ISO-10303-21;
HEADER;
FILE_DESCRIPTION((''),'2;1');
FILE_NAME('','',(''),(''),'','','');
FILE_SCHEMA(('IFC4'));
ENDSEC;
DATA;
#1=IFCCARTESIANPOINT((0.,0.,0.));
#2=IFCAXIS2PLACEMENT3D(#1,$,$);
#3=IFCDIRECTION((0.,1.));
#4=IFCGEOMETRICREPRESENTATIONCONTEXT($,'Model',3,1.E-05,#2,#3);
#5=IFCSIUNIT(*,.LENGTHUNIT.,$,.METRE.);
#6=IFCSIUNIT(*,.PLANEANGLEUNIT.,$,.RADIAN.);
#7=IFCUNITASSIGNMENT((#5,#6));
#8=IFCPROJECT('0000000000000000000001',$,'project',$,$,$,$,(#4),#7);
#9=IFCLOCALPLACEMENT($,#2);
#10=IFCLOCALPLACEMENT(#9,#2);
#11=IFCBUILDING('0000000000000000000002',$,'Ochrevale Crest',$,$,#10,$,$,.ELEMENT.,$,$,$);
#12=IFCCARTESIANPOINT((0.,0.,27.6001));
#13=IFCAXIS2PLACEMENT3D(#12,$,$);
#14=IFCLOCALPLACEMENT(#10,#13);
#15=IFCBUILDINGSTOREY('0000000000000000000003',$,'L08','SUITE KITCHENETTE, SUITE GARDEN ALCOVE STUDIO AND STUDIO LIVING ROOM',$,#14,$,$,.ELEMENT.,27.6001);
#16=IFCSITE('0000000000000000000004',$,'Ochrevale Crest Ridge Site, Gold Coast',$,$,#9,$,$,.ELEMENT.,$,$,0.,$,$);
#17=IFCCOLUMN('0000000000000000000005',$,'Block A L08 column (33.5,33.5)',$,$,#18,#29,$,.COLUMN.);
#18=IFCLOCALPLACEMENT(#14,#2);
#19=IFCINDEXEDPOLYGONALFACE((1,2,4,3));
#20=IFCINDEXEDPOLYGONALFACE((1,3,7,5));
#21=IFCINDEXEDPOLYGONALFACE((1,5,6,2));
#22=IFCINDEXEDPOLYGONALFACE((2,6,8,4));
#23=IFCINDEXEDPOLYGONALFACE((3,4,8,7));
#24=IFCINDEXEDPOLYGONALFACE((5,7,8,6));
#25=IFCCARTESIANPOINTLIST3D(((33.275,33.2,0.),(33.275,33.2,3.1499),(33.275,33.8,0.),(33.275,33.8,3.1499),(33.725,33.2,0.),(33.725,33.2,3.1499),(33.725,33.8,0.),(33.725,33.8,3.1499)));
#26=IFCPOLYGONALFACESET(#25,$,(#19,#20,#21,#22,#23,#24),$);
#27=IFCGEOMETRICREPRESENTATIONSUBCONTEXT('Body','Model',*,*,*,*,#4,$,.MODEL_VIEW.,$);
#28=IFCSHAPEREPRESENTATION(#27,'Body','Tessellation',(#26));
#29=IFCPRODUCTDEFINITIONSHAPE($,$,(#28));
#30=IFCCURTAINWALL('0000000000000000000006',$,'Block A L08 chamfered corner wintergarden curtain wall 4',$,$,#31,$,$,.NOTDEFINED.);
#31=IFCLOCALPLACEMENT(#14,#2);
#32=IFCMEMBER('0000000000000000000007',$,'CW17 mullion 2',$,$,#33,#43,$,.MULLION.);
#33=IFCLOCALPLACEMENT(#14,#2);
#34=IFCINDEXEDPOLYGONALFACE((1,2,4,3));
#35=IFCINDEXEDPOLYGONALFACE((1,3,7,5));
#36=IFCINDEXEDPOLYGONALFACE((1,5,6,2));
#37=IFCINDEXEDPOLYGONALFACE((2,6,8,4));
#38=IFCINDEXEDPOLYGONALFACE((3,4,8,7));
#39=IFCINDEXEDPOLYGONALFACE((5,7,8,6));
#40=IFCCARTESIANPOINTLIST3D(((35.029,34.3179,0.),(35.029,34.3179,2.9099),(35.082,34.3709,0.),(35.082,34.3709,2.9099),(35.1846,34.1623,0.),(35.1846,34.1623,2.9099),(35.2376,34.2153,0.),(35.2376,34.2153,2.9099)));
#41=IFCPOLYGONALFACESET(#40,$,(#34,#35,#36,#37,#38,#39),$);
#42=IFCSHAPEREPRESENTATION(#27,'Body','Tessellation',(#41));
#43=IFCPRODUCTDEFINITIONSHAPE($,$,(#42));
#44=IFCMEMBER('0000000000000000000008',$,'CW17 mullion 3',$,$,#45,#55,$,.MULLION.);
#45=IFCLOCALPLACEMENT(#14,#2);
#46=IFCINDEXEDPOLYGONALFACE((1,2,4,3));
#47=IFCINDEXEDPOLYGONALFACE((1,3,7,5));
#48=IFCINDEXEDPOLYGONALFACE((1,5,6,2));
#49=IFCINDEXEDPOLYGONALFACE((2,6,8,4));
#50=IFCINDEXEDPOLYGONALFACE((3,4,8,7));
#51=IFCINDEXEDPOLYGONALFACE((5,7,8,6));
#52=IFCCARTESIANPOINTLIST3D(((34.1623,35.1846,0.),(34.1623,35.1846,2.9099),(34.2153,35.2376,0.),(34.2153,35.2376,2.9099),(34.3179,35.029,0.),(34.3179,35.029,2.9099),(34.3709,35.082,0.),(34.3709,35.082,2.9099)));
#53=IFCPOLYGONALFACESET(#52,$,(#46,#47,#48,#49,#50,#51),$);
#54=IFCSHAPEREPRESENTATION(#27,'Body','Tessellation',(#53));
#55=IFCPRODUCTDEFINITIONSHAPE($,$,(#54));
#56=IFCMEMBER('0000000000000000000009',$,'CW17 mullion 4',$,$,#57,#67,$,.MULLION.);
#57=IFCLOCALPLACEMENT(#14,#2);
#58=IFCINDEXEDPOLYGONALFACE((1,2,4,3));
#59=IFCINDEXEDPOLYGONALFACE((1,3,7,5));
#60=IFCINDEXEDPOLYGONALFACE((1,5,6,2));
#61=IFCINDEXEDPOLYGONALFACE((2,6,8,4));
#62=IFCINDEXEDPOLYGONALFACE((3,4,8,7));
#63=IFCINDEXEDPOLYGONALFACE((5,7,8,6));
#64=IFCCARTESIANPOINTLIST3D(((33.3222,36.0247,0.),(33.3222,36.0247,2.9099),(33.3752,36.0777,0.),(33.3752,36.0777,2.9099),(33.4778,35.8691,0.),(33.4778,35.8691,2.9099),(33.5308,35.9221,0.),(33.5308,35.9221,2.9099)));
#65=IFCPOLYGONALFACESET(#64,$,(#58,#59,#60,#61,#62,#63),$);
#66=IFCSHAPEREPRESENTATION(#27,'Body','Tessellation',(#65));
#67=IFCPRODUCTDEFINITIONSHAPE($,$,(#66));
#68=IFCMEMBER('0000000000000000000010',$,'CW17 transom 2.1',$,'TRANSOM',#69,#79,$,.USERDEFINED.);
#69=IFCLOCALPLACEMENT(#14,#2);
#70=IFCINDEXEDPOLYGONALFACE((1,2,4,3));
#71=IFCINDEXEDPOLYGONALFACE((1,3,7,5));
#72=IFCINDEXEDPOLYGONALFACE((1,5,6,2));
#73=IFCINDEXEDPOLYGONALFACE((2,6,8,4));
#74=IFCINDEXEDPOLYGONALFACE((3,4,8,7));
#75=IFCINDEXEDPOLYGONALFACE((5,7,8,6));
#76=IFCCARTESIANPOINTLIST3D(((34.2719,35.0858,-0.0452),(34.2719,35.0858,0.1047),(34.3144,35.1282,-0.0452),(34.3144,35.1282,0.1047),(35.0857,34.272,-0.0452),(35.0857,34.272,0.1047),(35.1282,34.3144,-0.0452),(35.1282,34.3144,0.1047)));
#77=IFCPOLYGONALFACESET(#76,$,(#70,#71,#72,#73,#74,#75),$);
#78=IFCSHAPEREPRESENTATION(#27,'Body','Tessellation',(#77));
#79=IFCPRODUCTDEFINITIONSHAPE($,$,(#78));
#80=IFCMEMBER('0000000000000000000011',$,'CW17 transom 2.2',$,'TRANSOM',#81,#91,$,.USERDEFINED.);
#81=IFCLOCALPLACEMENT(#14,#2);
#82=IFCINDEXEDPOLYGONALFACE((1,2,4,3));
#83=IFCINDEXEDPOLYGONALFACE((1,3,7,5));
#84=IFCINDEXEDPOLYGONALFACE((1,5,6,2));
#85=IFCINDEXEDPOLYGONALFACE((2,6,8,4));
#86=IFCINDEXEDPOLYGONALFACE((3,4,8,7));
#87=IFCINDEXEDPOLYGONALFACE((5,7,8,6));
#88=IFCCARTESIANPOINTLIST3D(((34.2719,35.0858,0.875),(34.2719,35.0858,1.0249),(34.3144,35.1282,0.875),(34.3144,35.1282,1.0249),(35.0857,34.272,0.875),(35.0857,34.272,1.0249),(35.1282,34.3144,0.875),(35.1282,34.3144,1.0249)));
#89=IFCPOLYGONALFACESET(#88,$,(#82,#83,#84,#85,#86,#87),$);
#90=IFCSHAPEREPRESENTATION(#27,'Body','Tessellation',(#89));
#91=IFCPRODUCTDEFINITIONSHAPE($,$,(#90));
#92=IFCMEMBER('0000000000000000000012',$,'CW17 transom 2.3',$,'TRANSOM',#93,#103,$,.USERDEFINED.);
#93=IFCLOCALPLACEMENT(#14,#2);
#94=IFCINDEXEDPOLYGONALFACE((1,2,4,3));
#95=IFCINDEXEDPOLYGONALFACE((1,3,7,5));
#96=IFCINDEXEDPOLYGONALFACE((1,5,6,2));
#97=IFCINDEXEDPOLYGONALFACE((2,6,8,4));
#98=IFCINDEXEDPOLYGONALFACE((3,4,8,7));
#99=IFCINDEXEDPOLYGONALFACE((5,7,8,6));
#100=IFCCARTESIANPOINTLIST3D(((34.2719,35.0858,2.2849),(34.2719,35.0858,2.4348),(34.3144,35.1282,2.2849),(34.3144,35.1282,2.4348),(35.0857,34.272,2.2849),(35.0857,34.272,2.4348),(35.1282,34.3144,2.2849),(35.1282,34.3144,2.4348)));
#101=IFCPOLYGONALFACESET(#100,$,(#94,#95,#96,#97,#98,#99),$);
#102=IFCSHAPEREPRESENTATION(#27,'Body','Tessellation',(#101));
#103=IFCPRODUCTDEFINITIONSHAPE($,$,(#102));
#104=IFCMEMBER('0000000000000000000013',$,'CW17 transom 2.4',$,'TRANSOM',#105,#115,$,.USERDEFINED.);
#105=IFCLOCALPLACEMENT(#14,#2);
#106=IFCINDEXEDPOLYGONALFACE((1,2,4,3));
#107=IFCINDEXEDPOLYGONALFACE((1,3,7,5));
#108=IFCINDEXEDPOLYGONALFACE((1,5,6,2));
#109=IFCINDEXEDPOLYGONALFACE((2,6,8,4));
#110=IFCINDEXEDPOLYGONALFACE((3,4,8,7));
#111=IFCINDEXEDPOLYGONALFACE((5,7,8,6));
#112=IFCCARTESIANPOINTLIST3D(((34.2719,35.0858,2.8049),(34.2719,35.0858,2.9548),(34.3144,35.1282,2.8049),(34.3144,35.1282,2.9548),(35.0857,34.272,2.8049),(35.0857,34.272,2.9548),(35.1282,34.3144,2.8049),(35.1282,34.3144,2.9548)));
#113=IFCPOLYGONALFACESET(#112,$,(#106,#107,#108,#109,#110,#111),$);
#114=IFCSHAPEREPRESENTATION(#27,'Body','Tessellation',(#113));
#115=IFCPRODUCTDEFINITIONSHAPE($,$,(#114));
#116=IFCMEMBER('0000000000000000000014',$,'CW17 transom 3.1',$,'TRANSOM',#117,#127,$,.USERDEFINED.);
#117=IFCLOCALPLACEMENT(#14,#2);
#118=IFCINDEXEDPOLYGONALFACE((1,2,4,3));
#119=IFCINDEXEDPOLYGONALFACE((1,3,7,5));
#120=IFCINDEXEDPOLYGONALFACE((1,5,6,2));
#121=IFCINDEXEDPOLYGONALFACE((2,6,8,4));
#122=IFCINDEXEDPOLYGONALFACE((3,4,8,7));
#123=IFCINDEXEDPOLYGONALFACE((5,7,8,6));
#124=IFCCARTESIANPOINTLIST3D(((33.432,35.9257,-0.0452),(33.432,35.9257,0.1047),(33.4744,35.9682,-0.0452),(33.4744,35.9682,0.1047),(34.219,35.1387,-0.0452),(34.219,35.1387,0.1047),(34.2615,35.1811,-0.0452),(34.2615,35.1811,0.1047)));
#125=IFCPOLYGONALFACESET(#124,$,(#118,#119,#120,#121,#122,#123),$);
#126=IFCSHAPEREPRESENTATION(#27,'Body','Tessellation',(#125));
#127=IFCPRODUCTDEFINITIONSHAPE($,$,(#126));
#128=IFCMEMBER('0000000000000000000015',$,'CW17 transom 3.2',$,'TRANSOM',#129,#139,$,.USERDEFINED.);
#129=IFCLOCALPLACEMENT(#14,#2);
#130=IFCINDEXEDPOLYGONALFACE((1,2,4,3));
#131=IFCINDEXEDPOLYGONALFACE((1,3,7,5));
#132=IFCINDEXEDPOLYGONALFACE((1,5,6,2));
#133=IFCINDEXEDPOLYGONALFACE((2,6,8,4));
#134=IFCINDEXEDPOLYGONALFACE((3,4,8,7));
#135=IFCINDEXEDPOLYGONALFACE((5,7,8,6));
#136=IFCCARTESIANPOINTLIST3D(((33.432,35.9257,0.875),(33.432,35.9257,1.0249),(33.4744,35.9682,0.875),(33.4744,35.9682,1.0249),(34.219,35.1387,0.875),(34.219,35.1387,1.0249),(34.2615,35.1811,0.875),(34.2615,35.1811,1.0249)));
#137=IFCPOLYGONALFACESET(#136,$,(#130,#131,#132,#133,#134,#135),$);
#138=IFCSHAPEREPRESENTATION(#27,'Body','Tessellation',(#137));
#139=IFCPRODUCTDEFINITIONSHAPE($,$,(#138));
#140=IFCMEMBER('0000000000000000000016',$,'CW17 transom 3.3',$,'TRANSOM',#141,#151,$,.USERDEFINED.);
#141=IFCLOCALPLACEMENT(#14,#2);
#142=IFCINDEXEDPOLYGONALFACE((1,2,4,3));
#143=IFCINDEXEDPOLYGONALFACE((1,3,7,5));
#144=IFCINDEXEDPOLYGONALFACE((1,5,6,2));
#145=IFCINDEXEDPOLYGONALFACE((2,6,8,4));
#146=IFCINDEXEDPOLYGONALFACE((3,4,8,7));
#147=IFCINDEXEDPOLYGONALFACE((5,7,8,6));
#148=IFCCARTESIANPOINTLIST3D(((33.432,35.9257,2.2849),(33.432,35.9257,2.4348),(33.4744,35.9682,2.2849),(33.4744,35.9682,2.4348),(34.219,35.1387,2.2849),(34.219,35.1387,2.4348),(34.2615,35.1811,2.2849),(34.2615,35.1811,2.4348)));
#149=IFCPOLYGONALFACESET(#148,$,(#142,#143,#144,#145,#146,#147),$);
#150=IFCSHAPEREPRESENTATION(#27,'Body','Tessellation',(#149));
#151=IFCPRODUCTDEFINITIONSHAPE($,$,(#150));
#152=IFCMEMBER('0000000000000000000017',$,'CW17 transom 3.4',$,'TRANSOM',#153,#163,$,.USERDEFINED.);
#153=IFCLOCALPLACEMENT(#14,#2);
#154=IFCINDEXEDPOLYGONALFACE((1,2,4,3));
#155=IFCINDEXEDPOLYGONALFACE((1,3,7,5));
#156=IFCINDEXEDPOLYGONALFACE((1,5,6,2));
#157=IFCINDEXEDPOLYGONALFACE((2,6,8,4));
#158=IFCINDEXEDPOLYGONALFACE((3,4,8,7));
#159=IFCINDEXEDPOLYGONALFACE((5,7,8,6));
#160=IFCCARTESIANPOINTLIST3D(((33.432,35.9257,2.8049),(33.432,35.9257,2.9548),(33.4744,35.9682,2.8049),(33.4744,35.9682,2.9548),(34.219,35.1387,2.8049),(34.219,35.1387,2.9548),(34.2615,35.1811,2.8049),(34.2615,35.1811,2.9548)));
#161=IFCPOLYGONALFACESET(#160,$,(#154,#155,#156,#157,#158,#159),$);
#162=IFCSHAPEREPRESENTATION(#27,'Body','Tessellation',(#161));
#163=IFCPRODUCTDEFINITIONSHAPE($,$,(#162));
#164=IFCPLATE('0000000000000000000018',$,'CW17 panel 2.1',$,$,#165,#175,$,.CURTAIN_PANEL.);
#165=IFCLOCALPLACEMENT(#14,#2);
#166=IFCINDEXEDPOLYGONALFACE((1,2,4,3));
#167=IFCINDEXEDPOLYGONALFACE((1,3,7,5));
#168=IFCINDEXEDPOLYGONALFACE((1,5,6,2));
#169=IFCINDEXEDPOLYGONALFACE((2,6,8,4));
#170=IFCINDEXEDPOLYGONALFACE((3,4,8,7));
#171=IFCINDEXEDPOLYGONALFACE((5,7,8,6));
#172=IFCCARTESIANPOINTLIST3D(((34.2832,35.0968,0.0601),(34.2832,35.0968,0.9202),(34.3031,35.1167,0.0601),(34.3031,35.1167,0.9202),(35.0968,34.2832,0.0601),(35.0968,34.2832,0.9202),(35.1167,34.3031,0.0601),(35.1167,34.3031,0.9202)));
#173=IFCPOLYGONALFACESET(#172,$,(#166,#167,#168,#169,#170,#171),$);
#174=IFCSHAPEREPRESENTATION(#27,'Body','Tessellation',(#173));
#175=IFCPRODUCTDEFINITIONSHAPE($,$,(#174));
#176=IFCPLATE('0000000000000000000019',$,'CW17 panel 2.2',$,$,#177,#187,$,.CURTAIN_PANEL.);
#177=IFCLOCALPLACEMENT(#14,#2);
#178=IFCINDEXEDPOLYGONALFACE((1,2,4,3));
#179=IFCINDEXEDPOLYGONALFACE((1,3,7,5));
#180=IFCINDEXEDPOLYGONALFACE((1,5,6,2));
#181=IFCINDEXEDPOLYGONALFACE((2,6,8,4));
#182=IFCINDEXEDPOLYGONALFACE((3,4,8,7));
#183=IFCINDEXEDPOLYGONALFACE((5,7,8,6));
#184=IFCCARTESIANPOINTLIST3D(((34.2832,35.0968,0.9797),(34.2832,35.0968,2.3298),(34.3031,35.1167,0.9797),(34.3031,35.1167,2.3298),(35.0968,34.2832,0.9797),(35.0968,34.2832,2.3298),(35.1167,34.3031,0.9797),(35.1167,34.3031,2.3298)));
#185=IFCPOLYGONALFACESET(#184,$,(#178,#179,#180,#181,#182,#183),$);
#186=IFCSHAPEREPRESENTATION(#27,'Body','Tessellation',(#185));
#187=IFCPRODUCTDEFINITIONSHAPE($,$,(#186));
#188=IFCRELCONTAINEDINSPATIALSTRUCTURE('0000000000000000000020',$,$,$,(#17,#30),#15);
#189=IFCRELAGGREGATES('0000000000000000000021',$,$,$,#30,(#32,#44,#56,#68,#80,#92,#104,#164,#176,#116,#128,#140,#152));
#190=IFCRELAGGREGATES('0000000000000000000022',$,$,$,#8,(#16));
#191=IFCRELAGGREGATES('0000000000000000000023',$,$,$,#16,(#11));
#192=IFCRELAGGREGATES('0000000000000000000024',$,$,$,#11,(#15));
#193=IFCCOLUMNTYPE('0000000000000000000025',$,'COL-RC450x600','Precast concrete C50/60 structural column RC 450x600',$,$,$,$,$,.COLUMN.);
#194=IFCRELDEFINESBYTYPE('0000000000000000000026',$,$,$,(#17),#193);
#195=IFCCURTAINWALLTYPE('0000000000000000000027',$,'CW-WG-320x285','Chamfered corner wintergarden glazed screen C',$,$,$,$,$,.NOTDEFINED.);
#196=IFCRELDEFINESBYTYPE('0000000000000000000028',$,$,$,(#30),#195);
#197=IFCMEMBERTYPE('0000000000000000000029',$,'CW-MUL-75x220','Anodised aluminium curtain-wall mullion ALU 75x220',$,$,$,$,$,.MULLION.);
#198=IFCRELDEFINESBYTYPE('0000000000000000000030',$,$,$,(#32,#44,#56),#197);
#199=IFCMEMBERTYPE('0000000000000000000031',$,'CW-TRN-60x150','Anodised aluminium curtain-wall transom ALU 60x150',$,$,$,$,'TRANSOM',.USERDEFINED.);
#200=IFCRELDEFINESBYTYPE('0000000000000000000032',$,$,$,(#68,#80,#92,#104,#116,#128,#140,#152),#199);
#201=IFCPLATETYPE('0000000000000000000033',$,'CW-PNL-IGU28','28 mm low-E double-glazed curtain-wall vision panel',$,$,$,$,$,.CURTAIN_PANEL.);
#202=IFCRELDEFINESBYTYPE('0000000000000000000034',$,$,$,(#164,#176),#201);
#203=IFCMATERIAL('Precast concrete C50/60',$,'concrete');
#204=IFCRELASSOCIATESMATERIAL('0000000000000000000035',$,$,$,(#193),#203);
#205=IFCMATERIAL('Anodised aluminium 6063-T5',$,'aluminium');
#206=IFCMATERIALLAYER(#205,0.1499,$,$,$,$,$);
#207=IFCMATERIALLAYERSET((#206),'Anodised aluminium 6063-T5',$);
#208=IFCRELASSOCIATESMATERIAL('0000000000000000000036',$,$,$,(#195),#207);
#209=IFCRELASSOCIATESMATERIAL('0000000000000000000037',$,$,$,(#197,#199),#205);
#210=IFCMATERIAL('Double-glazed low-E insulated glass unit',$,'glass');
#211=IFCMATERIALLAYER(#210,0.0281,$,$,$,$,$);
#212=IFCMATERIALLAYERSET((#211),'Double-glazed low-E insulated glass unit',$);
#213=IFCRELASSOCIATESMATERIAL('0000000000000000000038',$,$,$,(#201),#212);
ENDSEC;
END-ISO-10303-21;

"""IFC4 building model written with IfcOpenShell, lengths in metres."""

from ifc_helpers import new_model, si_unit, direction, frame, origin, origin_2d, place, context, subcontext, project, spatial, rectangle, extrude, material, layer, layer_set, material_profile, profile_set, type_object, element, aggregate, save


model = new_model("IFC4")

# Units and contexts
model_context = context("Model", 3, precision=1e-05, world=origin(), true_north=direction((0.0, 1.0)))
body_context = subcontext(model_context, "Body", "Model", "MODEL_VIEW")
ifc_project = project(units=[si_unit("LENGTHUNIT", "METRE"), si_unit("PLANEANGLEUNIT", "RADIAN")], contexts=[model_context])

# Site, building, storey
site_placement = place(None, origin())
site = spatial("IfcSite", under=ifc_project, at=site_placement, Name="Ochrevale Crest Ridge Site, Gold Coast", CompositionType="ELEMENT", RefElevation=0.0)
building_placement = place(site_placement, origin())
building = spatial("IfcBuilding", under=site, at=building_placement, Name="Ochrevale Crest", CompositionType="ELEMENT")
storey_placement = place(building_placement, frame((0.0, 0.0, 27.6001)))
storey = spatial("IfcBuildingStorey", under=building, at=storey_placement, Name="L08", Description="SUITE KITCHENETTE, SUITE GARDEN ALCOVE STUDIO AND STUDIO LIVING ROOM", CompositionType="ELEMENT", Elevation=27.6001)

# Column
ifc_material_1 = material(Name="Precast concrete C50/60", Category="concrete")
ifc_material_profile_1 = material_profile(ifc_material_1, rectangle(XDim=0.45, YDim=0.6001, at=origin_2d()), Name="RC 450x600")
ifc_profile_set_1 = profile_set([ifc_material_profile_1], Name="Precast concrete C50/60")
column_type = type_object("IfcColumnType", Name="COL-RC450x600", Description="Precast concrete C50/60 structural column RC 450x600", PredefinedType="COLUMN", material=ifc_profile_set_1)
column_placement = place(storey_placement, frame((33.5, 33.5, 0.0), z_axis=(0.0, 0.0, 1.0), x_axis=(1.0, 0.0, 0.0)))
element("IfcColumn", 1, at=column_placement, inside=storey, type_object=column_type, Name="Block A L08 column (33.5,33.5)", PredefinedType="COLUMN", context=body_context, shape_type="SweptSolid", body=[
    extrude(rectangle(XDim=0.45, YDim=0.6001, at=origin_2d()), origin(), (0.0, 0.0, 1.0), 3.1499),
])

# Curtain wall, members, plates
ifc_material_2 = material(Name="Anodised aluminium 6063-T5", Category="aluminium")
ifc_layer_1 = layer(ifc_material_2, 0.1499)
ifc_layer_set_1 = layer_set([ifc_layer_1], Name="Anodised aluminium 6063-T5")
curtain_wall_type = type_object("IfcCurtainWallType", Name="CW-WG-320x285", Description="Chamfered corner wintergarden glazed screen C", PredefinedType="NOTDEFINED", material=ifc_layer_set_1)
curtain_wall_placement = place(storey_placement, origin())
curtain_wall = element("IfcCurtainWall", 2, at=curtain_wall_placement, inside=storey, type_object=curtain_wall_type, Name="Block A L08 chamfered corner wintergarden curtain wall 4", PredefinedType="NOTDEFINED")
ifc_material_profile_2 = material_profile(ifc_material_2, rectangle(XDim=0.075, YDim=0.22, at=origin_2d()), Name="ALU 75x220")
ifc_profile_set_2 = profile_set([ifc_material_profile_2], Name="Anodised aluminium 6063-T5")
member_type_1 = type_object("IfcMemberType", Name="CW-MUL-75x220", Description="Anodised aluminium curtain-wall mullion ALU 75x220", PredefinedType="MULLION", material=ifc_profile_set_2)
member_1_placement = place(storey_placement, frame((35.1333, 34.2666, 0.0), z_axis=(0.0, 0.0, 1.0), x_axis=(-0.707107, -0.707107, 0.0)))
member_1 = element("IfcMember", 3, at=member_1_placement, type_object=member_type_1, Name="CW17 mullion 2", PredefinedType="MULLION", context=body_context, shape_type="SweptSolid", body=[
    extrude(rectangle(XDim=0.075, YDim=0.22, at=origin_2d()), origin(), (0.0, 0.0, 1.0), 2.9099),
])
member_2_placement = place(storey_placement, frame((34.2666, 35.1333, 0.0), z_axis=(0.0, 0.0, 1.0), x_axis=(-0.707107, -0.707107, 0.0)))
member_2 = element("IfcMember", 4, at=member_2_placement, type_object=member_type_1, Name="CW17 mullion 3", PredefinedType="MULLION", context=body_context, shape_type="SweptSolid", body=[
    extrude(rectangle(XDim=0.075, YDim=0.22, at=origin_2d()), origin(), (0.0, 0.0, 1.0), 2.9099),
])
member_3_placement = place(storey_placement, frame((33.4265, 35.9734, 0.0), z_axis=(0.0, 0.0, 1.0), x_axis=(-0.707107, -0.707107, 0.0)))
member_3 = element("IfcMember", 5, at=member_3_placement, type_object=member_type_1, Name="CW17 mullion 4", PredefinedType="MULLION", context=body_context, shape_type="SweptSolid", body=[
    extrude(rectangle(XDim=0.075, YDim=0.22, at=origin_2d()), origin(), (0.0, 0.0, 1.0), 2.9099),
])
ifc_material_profile_3 = material_profile(ifc_material_2, rectangle(XDim=0.0601, YDim=0.1499, at=origin_2d()), Name="ALU 60x150")
ifc_profile_set_3 = profile_set([ifc_material_profile_3], Name="Anodised aluminium 6063-T5")
member_type_2 = type_object("IfcMemberType", Name="CW-TRN-60x150", Description="Anodised aluminium curtain-wall transom ALU 60x150", ElementType="TRANSOM", PredefinedType="USERDEFINED", material=ifc_profile_set_3)
member_4_placement = place(storey_placement, frame((35.1069, 34.2932, 0.0298), z_axis=(-0.707107, 0.707107, 0.0), x_axis=(-0.707107, -0.707107, 0.0)))
member_4 = element("IfcMember", 6, at=member_4_placement, type_object=member_type_2, Name="CW17 transom 2.1", ObjectType="TRANSOM", PredefinedType="USERDEFINED", context=body_context, shape_type="SweptSolid", body=[
    extrude(rectangle(XDim=0.0601, YDim=0.1499, at=origin_2d()), origin(), (0.0, 0.0, 1.0), 1.1509),
])
member_5_placement = place(storey_placement, frame((35.1069, 34.2932, 0.95), z_axis=(-0.707107, 0.707107, 0.0), x_axis=(-0.707107, -0.707107, 0.0)))
member_5 = element("IfcMember", 7, at=member_5_placement, type_object=member_type_2, Name="CW17 transom 2.2", ObjectType="TRANSOM", PredefinedType="USERDEFINED", context=body_context, shape_type="SweptSolid", body=[
    extrude(rectangle(XDim=0.0601, YDim=0.1499, at=origin_2d()), origin(), (0.0, 0.0, 1.0), 1.1509),
])
member_6_placement = place(storey_placement, frame((35.1069, 34.2932, 2.3599), z_axis=(-0.707107, 0.707107, 0.0), x_axis=(-0.707107, -0.707107, 0.0)))
member_6 = element("IfcMember", 8, at=member_6_placement, type_object=member_type_2, Name="CW17 transom 2.3", ObjectType="TRANSOM", PredefinedType="USERDEFINED", context=body_context, shape_type="SweptSolid", body=[
    extrude(rectangle(XDim=0.0601, YDim=0.1499, at=origin_2d()), origin(), (0.0, 0.0, 1.0), 1.1509),
])
member_7_placement = place(storey_placement, frame((35.1069, 34.2932, 2.8799), z_axis=(-0.707107, 0.707107, 0.0), x_axis=(-0.707107, -0.707107, 0.0)))
member_7 = element("IfcMember", 9, at=member_7_placement, type_object=member_type_2, Name="CW17 transom 2.4", ObjectType="TRANSOM", PredefinedType="USERDEFINED", context=body_context, shape_type="SweptSolid", body=[
    extrude(rectangle(XDim=0.0601, YDim=0.1499, at=origin_2d()), origin(), (0.0, 0.0, 1.0), 1.1509),
])
member_8_placement = place(storey_placement, frame((34.2402, 35.1599, 0.0298), z_axis=(-0.707107, 0.707107, 0.0), x_axis=(-0.707107, -0.707107, 0.0)))
member_8 = element("IfcMember", 10, at=member_8_placement, type_object=member_type_2, Name="CW17 transom 3.1", ObjectType="TRANSOM", PredefinedType="USERDEFINED", context=body_context, shape_type="SweptSolid", body=[
    extrude(rectangle(XDim=0.0601, YDim=0.1499, at=origin_2d()), origin(), (0.0, 0.0, 1.0), 1.113),
])
member_9_placement = place(storey_placement, frame((34.2402, 35.1599, 0.95), z_axis=(-0.707107, 0.707107, 0.0), x_axis=(-0.707107, -0.707107, 0.0)))
member_9 = element("IfcMember", 11, at=member_9_placement, type_object=member_type_2, Name="CW17 transom 3.2", ObjectType="TRANSOM", PredefinedType="USERDEFINED", context=body_context, shape_type="SweptSolid", body=[
    extrude(rectangle(XDim=0.0601, YDim=0.1499, at=origin_2d()), origin(), (0.0, 0.0, 1.0), 1.113),
])
member_10_placement = place(storey_placement, frame((34.2402, 35.1599, 2.3599), z_axis=(-0.707107, 0.707107, 0.0), x_axis=(-0.707107, -0.707107, 0.0)))
member_10 = element("IfcMember", 12, at=member_10_placement, type_object=member_type_2, Name="CW17 transom 3.3", ObjectType="TRANSOM", PredefinedType="USERDEFINED", context=body_context, shape_type="SweptSolid", body=[
    extrude(rectangle(XDim=0.0601, YDim=0.1499, at=origin_2d()), origin(), (0.0, 0.0, 1.0), 1.113),
])
member_11_placement = place(storey_placement, frame((34.2402, 35.1599, 2.8799), z_axis=(-0.707107, 0.707107, 0.0), x_axis=(-0.707107, -0.707107, 0.0)))
member_11 = element("IfcMember", 13, at=member_11_placement, type_object=member_type_2, Name="CW17 transom 3.4", ObjectType="TRANSOM", PredefinedType="USERDEFINED", context=body_context, shape_type="SweptSolid", body=[
    extrude(rectangle(XDim=0.0601, YDim=0.1499, at=origin_2d()), origin(), (0.0, 0.0, 1.0), 1.113),
])
ifc_material_3 = material(Name="Double-glazed low-E insulated glass unit", Category="glass")
ifc_layer_2 = layer(ifc_material_3, 0.0281)
ifc_layer_set_2 = layer_set([ifc_layer_2], Name="Double-glazed low-E insulated glass unit")
plate_type = type_object("IfcPlateType", Name="CW-PNL-IGU28", Description="28 mm low-E double-glazed curtain-wall vision panel", PredefinedType="CURTAIN_PANEL", material=ifc_layer_set_2)
plate_1_placement = place(storey_placement, frame((34.7, 34.7, 0.0601), z_axis=(0.0, 0.0, 1.0), x_axis=(-0.707107, 0.707107, 0.0)))
plate_1 = element("IfcPlate", 14, at=plate_1_placement, type_object=plate_type, Name="CW17 panel 2.1", PredefinedType="CURTAIN_PANEL", context=body_context, shape_type="SweptSolid", body=[
    extrude(rectangle(XDim=1.1506, YDim=0.0281, at=origin_2d()), origin(), (0.0, 0.0, 1.0), 0.8601),
])
plate_2_placement = place(storey_placement, frame((34.7, 34.7, 0.9797), z_axis=(0.0, 0.0, 1.0), x_axis=(-0.707107, 0.707107, 0.0)))
plate_2 = element("IfcPlate", 15, at=plate_2_placement, type_object=plate_type, Name="CW17 panel 2.2", PredefinedType="CURTAIN_PANEL", context=body_context, shape_type="SweptSolid", body=[
    extrude(rectangle(XDim=1.1506, YDim=0.0281, at=origin_2d()), origin(), (0.0, 0.0, 1.0), 1.3501),
])
aggregate(curtain_wall, [member_1, member_2, member_3, member_4, member_5, member_6, member_7, plate_1, plate_2, member_8, member_9, member_10, member_11])

save(model, "model.ifc")
